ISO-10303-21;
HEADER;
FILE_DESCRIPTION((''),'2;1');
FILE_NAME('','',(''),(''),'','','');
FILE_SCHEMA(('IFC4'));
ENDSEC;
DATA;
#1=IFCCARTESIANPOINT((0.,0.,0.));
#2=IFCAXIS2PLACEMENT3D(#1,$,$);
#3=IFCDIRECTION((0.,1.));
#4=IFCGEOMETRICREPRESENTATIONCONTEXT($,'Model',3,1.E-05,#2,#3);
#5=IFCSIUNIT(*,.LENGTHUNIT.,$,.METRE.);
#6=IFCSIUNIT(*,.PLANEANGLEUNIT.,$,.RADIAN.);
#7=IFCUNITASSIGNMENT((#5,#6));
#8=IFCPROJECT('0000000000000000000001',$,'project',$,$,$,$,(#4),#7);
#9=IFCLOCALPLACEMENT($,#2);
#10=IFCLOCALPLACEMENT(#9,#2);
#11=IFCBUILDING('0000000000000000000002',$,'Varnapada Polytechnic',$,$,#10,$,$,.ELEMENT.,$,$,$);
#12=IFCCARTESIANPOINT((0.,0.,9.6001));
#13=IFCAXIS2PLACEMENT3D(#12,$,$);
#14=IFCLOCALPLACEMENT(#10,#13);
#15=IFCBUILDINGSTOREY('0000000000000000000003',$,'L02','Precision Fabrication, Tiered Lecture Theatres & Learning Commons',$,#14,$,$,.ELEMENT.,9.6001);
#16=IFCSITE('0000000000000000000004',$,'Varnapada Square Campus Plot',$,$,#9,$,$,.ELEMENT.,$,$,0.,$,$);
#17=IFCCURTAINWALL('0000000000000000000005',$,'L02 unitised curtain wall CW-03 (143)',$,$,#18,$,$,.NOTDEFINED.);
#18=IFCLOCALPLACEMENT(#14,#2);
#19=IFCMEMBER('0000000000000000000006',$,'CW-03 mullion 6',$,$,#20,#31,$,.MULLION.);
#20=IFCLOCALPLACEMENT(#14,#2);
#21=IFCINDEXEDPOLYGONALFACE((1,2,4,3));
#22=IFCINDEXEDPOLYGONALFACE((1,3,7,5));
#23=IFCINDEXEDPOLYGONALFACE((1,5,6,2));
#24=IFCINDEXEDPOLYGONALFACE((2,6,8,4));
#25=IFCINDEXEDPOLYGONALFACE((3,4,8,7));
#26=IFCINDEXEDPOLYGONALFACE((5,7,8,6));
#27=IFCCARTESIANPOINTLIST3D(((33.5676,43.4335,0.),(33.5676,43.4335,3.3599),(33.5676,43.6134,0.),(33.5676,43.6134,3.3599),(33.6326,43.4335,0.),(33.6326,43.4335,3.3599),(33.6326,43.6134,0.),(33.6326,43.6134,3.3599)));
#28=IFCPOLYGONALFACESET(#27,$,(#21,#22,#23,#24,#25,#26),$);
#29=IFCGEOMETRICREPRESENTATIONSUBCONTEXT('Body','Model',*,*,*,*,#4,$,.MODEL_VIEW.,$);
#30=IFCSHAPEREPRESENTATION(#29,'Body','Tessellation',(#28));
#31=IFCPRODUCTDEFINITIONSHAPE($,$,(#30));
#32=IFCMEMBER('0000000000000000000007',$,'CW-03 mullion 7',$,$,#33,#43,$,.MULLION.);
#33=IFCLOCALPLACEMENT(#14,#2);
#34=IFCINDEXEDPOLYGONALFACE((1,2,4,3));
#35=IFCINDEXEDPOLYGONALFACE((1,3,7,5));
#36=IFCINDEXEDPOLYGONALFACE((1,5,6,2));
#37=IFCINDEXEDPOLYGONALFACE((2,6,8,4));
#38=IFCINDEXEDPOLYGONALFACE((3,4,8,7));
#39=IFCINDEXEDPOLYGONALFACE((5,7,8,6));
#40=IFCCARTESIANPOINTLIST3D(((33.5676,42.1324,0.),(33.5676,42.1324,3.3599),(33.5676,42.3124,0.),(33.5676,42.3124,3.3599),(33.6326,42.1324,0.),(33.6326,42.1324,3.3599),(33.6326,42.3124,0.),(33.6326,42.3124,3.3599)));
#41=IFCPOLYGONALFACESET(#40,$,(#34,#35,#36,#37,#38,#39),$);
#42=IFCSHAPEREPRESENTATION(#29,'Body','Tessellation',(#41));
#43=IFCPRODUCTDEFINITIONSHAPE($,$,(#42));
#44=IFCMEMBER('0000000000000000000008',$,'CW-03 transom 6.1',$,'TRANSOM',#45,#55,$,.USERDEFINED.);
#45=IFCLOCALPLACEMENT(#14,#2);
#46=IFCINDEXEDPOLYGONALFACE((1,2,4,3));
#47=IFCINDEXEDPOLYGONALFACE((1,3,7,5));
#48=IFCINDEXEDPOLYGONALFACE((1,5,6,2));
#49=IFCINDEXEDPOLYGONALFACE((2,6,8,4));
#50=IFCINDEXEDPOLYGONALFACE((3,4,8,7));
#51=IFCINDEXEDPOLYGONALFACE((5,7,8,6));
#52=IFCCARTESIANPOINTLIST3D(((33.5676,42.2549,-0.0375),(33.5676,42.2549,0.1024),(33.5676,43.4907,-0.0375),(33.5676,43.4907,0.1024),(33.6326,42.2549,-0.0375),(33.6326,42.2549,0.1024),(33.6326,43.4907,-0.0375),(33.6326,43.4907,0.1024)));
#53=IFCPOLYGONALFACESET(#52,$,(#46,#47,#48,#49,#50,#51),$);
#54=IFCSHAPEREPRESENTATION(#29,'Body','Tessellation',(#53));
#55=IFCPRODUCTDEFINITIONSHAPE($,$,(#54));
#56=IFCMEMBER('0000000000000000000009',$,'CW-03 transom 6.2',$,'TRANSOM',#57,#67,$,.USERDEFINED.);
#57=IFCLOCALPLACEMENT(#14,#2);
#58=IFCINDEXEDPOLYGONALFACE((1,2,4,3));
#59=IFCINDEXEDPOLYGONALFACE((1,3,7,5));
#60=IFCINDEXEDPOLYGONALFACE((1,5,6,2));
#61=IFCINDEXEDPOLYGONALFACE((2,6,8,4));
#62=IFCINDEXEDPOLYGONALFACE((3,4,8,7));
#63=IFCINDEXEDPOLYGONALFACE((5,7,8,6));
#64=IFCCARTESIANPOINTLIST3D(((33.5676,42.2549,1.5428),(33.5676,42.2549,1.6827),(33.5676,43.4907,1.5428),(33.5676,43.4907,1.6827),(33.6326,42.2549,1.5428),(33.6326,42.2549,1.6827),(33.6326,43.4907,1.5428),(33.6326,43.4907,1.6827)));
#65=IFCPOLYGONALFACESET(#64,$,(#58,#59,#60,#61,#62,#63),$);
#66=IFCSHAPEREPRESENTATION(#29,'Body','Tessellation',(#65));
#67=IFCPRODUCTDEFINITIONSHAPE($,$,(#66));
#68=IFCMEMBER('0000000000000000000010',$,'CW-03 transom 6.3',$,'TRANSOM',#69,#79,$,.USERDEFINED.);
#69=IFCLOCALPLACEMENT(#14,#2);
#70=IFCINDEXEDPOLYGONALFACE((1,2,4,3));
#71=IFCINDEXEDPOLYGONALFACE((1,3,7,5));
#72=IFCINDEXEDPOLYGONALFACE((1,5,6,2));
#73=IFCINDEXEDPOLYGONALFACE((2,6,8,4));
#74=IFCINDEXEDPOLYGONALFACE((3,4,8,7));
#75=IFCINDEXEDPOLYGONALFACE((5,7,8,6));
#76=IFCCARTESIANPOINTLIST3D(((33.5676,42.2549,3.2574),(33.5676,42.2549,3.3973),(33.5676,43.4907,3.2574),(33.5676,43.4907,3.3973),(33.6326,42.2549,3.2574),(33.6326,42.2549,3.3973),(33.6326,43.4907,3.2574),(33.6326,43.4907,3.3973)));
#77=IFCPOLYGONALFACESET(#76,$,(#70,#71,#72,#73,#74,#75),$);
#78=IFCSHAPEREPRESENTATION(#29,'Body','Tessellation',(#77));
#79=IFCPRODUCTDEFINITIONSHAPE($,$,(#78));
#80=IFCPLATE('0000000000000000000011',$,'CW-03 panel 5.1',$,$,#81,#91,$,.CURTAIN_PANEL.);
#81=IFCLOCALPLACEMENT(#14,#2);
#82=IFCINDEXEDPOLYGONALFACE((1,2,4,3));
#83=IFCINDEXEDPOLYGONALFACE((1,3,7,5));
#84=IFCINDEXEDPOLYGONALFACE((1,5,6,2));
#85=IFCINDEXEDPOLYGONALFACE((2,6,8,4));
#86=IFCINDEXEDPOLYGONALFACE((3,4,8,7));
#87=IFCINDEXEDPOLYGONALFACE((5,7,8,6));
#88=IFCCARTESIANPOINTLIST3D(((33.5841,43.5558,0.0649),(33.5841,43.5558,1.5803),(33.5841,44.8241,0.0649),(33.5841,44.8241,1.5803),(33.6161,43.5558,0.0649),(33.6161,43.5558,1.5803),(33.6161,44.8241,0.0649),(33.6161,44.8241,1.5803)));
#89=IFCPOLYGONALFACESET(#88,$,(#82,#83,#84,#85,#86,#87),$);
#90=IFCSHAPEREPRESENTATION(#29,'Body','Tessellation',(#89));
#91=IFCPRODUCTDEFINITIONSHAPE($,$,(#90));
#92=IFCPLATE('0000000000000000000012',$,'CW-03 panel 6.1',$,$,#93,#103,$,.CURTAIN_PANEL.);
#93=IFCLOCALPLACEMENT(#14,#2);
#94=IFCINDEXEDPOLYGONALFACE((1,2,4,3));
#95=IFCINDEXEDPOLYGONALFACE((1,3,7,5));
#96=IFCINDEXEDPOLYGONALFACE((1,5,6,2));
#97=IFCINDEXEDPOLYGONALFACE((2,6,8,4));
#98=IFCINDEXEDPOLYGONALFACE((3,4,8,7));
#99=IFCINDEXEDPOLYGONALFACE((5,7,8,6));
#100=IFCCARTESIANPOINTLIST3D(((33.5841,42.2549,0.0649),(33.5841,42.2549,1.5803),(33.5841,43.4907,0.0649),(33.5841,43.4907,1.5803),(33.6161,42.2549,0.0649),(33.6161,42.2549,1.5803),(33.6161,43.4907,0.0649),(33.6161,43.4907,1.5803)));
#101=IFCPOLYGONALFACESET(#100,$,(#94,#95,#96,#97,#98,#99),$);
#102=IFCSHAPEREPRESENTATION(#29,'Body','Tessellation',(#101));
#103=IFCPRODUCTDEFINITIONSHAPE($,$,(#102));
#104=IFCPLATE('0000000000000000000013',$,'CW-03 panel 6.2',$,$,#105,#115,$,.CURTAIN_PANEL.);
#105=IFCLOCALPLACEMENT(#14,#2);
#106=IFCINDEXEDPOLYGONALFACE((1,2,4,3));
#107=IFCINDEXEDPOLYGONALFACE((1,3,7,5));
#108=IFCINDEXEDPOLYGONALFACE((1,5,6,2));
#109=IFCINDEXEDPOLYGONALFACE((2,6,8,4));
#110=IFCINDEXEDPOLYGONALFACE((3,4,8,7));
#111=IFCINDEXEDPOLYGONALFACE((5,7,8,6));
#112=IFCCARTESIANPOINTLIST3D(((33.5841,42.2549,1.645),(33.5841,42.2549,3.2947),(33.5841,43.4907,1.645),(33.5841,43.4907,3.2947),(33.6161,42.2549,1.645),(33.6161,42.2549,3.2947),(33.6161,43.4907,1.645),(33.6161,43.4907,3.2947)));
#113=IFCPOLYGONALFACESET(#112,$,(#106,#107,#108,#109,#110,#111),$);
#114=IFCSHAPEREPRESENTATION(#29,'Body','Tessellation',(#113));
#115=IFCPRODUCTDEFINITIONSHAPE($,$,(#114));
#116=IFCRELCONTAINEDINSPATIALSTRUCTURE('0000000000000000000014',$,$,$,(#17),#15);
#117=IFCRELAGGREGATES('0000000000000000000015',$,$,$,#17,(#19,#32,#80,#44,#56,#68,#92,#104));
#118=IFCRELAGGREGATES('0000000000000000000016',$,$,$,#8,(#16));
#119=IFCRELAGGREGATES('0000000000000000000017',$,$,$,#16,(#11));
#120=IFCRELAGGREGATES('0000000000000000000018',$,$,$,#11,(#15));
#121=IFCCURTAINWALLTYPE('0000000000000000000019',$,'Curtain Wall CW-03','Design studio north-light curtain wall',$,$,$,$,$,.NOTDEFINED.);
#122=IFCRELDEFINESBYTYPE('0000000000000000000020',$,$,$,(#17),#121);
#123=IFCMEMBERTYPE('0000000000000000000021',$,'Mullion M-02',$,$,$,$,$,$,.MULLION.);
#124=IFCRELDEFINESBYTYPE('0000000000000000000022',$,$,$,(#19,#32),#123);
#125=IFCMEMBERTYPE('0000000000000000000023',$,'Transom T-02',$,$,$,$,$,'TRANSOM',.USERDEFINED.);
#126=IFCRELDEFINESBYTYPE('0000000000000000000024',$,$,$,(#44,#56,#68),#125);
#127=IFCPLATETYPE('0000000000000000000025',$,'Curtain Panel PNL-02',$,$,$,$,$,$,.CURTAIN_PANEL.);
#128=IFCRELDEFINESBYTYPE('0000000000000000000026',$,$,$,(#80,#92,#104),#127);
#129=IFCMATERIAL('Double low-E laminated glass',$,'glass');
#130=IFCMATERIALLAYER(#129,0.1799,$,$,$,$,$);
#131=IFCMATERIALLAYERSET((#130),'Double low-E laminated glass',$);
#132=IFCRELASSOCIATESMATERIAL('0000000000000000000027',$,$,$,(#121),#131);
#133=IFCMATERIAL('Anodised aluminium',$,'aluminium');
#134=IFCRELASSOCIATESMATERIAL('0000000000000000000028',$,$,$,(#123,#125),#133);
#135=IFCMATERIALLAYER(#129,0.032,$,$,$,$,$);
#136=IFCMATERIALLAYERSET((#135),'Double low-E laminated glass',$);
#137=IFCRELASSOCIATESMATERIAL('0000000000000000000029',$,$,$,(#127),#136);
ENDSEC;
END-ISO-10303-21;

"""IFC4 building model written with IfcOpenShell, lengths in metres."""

from ifc_helpers import new_model, si_unit, direction, frame, origin, origin_2d, place, context, subcontext, project, spatial, rectangle, extrude, material, layer, layer_set, material_profile, profile_set, type_object, element, aggregate, save


model = new_model("IFC4")

# Units and contexts
model_context = context("Model", 3, precision=1e-05, world=origin(), true_north=direction((0.0, 1.0)))
body_context = subcontext(model_context, "Body", "Model", "MODEL_VIEW")
ifc_project = project(units=[si_unit("LENGTHUNIT", "METRE"), si_unit("PLANEANGLEUNIT", "RADIAN")], contexts=[model_context])

# Site, building, storey
site_placement = place(None, origin())
site = spatial("IfcSite", under=ifc_project, at=site_placement, Name="Varnapada Square Campus Plot", CompositionType="ELEMENT", RefElevation=0.0)
building_placement = place(site_placement, origin())
building = spatial("IfcBuilding", under=site, at=building_placement, Name="Varnapada Polytechnic", CompositionType="ELEMENT")
storey_placement = place(building_placement, frame((0.0, 0.0, 9.6001)))
storey = spatial("IfcBuildingStorey", under=building, at=storey_placement, Name="L02", Description="Precision Fabrication, Tiered Lecture Theatres & Learning Commons", CompositionType="ELEMENT", Elevation=9.6001)

# Curtain wall, members, plates
ifc_material_1 = material(Name="Double low-E laminated glass", Category="glass")
ifc_layer_1 = layer(ifc_material_1, 0.1799)
ifc_layer_set_1 = layer_set([ifc_layer_1], Name="Double low-E laminated glass")
curtain_wall_type = type_object("IfcCurtainWallType", Name="Curtain Wall CW-03", Description="Design studio north-light curtain wall", PredefinedType="NOTDEFINED", material=ifc_layer_set_1)
curtain_wall_placement = place(storey_placement, origin())
curtain_wall = element("IfcCurtainWall", 1, at=curtain_wall_placement, inside=storey, type_object=curtain_wall_type, Name="L02 unitised curtain wall CW-03 (143)", PredefinedType="NOTDEFINED")
ifc_material_2 = material(Name="Anodised aluminium", Category="aluminium")
ifc_material_profile_1 = material_profile(ifc_material_2, rectangle(XDim=0.0649, YDim=0.1799, at=origin_2d()), Name="ALU M65x180")
ifc_profile_set_1 = profile_set([ifc_material_profile_1], Name="Anodised aluminium")
member_type_1 = type_object("IfcMemberType", Name="Mullion M-02", PredefinedType="MULLION", material=ifc_profile_set_1)
member_1_placement = place(storey_placement, frame((33.6001, 43.5234, 0.0), z_axis=(0.0, 0.0, 1.0), x_axis=(1.0, 0.0, 0.0)))
member_1 = element("IfcMember", 2, at=member_1_placement, type_object=member_type_1, Name="CW-03 mullion 6", PredefinedType="MULLION", context=body_context, shape_type="SweptSolid", body=[
    extrude(rectangle(XDim=0.0649, YDim=0.1799, at=origin_2d()), origin(), (0.0, 0.0, 1.0), 3.3599),
])
member_2_placement = place(storey_placement, frame((33.6001, 42.2224, 0.0), z_axis=(0.0, 0.0, 1.0), x_axis=(1.0, 0.0, 0.0)))
member_2 = element("IfcMember", 3, at=member_2_placement, type_object=member_type_1, Name="CW-03 mullion 7", PredefinedType="MULLION", context=body_context, shape_type="SweptSolid", body=[
    extrude(rectangle(XDim=0.0649, YDim=0.1799, at=origin_2d()), origin(), (0.0, 0.0, 1.0), 3.3599),
])
ifc_material_profile_2 = material_profile(ifc_material_2, rectangle(XDim=0.0649, YDim=0.1399, at=origin_2d()), Name="ALU T65x140")
ifc_profile_set_2 = profile_set([ifc_material_profile_2], Name="Anodised aluminium")
member_type_2 = type_object("IfcMemberType", Name="Transom T-02", ElementType="TRANSOM", PredefinedType="USERDEFINED", material=ifc_profile_set_2)
member_3_placement = place(storey_placement, frame((33.6001, 43.4907, 0.0325), z_axis=(0.0, -1.0, 0.0), x_axis=(1.0, 0.0, 0.0)))
member_3 = element("IfcMember", 4, at=member_3_placement, type_object=member_type_2, Name="CW-03 transom 6.1", ObjectType="TRANSOM", PredefinedType="USERDEFINED", context=body_context, shape_type="SweptSolid", body=[
    extrude(rectangle(XDim=0.0649, YDim=0.1399, at=origin_2d()), origin(), (0.0, 0.0, 1.0), 1.2358),
])
member_4_placement = place(storey_placement, frame((33.6001, 43.4907, 1.6128), z_axis=(0.0, -1.0, 0.0), x_axis=(1.0, 0.0, 0.0)))
member_4 = element("IfcMember", 5, at=member_4_placement, type_object=member_type_2, Name="CW-03 transom 6.2", ObjectType="TRANSOM", PredefinedType="USERDEFINED", context=body_context, shape_type="SweptSolid", body=[
    extrude(rectangle(XDim=0.0649, YDim=0.1399, at=origin_2d()), origin(), (0.0, 0.0, 1.0), 1.2358),
])
member_5_placement = place(storey_placement, frame((33.6001, 43.4907, 3.3274), z_axis=(0.0, -1.0, 0.0), x_axis=(1.0, 0.0, 0.0)))
member_5 = element("IfcMember", 6, at=member_5_placement, type_object=member_type_2, Name="CW-03 transom 6.3", ObjectType="TRANSOM", PredefinedType="USERDEFINED", context=body_context, shape_type="SweptSolid", body=[
    extrude(rectangle(XDim=0.0649, YDim=0.1399, at=origin_2d()), origin(), (0.0, 0.0, 1.0), 1.2358),
])
ifc_layer_2 = layer(ifc_material_1, 0.032)
ifc_layer_set_2 = layer_set([ifc_layer_2], Name="Double low-E laminated glass")
plate_type = type_object("IfcPlateType", Name="Curtain Panel PNL-02", PredefinedType="CURTAIN_PANEL", material=ifc_layer_set_2)
plate_1_placement = place(storey_placement, frame((33.6001, 44.1899, 0.0649), z_axis=(0.0, 0.0, 1.0), x_axis=(0.0, -1.0, 0.0)))
plate_1 = element("IfcPlate", 7, at=plate_1_placement, type_object=plate_type, Name="CW-03 panel 5.1", PredefinedType="CURTAIN_PANEL", context=body_context, shape_type="SweptSolid", body=[
    extrude(rectangle(XDim=1.2683, YDim=0.032, at=origin_2d()), origin(), (0.0, 0.0, 1.0), 1.5154),
])
plate_2_placement = place(storey_placement, frame((33.6001, 42.8728, 0.0649), z_axis=(0.0, 0.0, 1.0), x_axis=(0.0, -1.0, 0.0)))
plate_2 = element("IfcPlate", 8, at=plate_2_placement, type_object=plate_type, Name="CW-03 panel 6.1", PredefinedType="CURTAIN_PANEL", context=body_context, shape_type="SweptSolid", body=[
    extrude(rectangle(XDim=1.2358, YDim=0.032, at=origin_2d()), origin(), (0.0, 0.0, 1.0), 1.5154),
])
plate_3_placement = place(storey_placement, frame((33.6001, 42.8728, 1.645), z_axis=(0.0, 0.0, 1.0), x_axis=(0.0, -1.0, 0.0)))
plate_3 = element("IfcPlate", 9, at=plate_3_placement, type_object=plate_type, Name="CW-03 panel 6.2", PredefinedType="CURTAIN_PANEL", context=body_context, shape_type="SweptSolid", body=[
    extrude(rectangle(XDim=1.2358, YDim=0.032, at=origin_2d()), origin(), (0.0, 0.0, 1.0), 1.6497),
])
aggregate(curtain_wall, [member_1, member_2, plate_1, member_3, member_4, member_5, plate_2, plate_3])

save(model, "model.ifc")
